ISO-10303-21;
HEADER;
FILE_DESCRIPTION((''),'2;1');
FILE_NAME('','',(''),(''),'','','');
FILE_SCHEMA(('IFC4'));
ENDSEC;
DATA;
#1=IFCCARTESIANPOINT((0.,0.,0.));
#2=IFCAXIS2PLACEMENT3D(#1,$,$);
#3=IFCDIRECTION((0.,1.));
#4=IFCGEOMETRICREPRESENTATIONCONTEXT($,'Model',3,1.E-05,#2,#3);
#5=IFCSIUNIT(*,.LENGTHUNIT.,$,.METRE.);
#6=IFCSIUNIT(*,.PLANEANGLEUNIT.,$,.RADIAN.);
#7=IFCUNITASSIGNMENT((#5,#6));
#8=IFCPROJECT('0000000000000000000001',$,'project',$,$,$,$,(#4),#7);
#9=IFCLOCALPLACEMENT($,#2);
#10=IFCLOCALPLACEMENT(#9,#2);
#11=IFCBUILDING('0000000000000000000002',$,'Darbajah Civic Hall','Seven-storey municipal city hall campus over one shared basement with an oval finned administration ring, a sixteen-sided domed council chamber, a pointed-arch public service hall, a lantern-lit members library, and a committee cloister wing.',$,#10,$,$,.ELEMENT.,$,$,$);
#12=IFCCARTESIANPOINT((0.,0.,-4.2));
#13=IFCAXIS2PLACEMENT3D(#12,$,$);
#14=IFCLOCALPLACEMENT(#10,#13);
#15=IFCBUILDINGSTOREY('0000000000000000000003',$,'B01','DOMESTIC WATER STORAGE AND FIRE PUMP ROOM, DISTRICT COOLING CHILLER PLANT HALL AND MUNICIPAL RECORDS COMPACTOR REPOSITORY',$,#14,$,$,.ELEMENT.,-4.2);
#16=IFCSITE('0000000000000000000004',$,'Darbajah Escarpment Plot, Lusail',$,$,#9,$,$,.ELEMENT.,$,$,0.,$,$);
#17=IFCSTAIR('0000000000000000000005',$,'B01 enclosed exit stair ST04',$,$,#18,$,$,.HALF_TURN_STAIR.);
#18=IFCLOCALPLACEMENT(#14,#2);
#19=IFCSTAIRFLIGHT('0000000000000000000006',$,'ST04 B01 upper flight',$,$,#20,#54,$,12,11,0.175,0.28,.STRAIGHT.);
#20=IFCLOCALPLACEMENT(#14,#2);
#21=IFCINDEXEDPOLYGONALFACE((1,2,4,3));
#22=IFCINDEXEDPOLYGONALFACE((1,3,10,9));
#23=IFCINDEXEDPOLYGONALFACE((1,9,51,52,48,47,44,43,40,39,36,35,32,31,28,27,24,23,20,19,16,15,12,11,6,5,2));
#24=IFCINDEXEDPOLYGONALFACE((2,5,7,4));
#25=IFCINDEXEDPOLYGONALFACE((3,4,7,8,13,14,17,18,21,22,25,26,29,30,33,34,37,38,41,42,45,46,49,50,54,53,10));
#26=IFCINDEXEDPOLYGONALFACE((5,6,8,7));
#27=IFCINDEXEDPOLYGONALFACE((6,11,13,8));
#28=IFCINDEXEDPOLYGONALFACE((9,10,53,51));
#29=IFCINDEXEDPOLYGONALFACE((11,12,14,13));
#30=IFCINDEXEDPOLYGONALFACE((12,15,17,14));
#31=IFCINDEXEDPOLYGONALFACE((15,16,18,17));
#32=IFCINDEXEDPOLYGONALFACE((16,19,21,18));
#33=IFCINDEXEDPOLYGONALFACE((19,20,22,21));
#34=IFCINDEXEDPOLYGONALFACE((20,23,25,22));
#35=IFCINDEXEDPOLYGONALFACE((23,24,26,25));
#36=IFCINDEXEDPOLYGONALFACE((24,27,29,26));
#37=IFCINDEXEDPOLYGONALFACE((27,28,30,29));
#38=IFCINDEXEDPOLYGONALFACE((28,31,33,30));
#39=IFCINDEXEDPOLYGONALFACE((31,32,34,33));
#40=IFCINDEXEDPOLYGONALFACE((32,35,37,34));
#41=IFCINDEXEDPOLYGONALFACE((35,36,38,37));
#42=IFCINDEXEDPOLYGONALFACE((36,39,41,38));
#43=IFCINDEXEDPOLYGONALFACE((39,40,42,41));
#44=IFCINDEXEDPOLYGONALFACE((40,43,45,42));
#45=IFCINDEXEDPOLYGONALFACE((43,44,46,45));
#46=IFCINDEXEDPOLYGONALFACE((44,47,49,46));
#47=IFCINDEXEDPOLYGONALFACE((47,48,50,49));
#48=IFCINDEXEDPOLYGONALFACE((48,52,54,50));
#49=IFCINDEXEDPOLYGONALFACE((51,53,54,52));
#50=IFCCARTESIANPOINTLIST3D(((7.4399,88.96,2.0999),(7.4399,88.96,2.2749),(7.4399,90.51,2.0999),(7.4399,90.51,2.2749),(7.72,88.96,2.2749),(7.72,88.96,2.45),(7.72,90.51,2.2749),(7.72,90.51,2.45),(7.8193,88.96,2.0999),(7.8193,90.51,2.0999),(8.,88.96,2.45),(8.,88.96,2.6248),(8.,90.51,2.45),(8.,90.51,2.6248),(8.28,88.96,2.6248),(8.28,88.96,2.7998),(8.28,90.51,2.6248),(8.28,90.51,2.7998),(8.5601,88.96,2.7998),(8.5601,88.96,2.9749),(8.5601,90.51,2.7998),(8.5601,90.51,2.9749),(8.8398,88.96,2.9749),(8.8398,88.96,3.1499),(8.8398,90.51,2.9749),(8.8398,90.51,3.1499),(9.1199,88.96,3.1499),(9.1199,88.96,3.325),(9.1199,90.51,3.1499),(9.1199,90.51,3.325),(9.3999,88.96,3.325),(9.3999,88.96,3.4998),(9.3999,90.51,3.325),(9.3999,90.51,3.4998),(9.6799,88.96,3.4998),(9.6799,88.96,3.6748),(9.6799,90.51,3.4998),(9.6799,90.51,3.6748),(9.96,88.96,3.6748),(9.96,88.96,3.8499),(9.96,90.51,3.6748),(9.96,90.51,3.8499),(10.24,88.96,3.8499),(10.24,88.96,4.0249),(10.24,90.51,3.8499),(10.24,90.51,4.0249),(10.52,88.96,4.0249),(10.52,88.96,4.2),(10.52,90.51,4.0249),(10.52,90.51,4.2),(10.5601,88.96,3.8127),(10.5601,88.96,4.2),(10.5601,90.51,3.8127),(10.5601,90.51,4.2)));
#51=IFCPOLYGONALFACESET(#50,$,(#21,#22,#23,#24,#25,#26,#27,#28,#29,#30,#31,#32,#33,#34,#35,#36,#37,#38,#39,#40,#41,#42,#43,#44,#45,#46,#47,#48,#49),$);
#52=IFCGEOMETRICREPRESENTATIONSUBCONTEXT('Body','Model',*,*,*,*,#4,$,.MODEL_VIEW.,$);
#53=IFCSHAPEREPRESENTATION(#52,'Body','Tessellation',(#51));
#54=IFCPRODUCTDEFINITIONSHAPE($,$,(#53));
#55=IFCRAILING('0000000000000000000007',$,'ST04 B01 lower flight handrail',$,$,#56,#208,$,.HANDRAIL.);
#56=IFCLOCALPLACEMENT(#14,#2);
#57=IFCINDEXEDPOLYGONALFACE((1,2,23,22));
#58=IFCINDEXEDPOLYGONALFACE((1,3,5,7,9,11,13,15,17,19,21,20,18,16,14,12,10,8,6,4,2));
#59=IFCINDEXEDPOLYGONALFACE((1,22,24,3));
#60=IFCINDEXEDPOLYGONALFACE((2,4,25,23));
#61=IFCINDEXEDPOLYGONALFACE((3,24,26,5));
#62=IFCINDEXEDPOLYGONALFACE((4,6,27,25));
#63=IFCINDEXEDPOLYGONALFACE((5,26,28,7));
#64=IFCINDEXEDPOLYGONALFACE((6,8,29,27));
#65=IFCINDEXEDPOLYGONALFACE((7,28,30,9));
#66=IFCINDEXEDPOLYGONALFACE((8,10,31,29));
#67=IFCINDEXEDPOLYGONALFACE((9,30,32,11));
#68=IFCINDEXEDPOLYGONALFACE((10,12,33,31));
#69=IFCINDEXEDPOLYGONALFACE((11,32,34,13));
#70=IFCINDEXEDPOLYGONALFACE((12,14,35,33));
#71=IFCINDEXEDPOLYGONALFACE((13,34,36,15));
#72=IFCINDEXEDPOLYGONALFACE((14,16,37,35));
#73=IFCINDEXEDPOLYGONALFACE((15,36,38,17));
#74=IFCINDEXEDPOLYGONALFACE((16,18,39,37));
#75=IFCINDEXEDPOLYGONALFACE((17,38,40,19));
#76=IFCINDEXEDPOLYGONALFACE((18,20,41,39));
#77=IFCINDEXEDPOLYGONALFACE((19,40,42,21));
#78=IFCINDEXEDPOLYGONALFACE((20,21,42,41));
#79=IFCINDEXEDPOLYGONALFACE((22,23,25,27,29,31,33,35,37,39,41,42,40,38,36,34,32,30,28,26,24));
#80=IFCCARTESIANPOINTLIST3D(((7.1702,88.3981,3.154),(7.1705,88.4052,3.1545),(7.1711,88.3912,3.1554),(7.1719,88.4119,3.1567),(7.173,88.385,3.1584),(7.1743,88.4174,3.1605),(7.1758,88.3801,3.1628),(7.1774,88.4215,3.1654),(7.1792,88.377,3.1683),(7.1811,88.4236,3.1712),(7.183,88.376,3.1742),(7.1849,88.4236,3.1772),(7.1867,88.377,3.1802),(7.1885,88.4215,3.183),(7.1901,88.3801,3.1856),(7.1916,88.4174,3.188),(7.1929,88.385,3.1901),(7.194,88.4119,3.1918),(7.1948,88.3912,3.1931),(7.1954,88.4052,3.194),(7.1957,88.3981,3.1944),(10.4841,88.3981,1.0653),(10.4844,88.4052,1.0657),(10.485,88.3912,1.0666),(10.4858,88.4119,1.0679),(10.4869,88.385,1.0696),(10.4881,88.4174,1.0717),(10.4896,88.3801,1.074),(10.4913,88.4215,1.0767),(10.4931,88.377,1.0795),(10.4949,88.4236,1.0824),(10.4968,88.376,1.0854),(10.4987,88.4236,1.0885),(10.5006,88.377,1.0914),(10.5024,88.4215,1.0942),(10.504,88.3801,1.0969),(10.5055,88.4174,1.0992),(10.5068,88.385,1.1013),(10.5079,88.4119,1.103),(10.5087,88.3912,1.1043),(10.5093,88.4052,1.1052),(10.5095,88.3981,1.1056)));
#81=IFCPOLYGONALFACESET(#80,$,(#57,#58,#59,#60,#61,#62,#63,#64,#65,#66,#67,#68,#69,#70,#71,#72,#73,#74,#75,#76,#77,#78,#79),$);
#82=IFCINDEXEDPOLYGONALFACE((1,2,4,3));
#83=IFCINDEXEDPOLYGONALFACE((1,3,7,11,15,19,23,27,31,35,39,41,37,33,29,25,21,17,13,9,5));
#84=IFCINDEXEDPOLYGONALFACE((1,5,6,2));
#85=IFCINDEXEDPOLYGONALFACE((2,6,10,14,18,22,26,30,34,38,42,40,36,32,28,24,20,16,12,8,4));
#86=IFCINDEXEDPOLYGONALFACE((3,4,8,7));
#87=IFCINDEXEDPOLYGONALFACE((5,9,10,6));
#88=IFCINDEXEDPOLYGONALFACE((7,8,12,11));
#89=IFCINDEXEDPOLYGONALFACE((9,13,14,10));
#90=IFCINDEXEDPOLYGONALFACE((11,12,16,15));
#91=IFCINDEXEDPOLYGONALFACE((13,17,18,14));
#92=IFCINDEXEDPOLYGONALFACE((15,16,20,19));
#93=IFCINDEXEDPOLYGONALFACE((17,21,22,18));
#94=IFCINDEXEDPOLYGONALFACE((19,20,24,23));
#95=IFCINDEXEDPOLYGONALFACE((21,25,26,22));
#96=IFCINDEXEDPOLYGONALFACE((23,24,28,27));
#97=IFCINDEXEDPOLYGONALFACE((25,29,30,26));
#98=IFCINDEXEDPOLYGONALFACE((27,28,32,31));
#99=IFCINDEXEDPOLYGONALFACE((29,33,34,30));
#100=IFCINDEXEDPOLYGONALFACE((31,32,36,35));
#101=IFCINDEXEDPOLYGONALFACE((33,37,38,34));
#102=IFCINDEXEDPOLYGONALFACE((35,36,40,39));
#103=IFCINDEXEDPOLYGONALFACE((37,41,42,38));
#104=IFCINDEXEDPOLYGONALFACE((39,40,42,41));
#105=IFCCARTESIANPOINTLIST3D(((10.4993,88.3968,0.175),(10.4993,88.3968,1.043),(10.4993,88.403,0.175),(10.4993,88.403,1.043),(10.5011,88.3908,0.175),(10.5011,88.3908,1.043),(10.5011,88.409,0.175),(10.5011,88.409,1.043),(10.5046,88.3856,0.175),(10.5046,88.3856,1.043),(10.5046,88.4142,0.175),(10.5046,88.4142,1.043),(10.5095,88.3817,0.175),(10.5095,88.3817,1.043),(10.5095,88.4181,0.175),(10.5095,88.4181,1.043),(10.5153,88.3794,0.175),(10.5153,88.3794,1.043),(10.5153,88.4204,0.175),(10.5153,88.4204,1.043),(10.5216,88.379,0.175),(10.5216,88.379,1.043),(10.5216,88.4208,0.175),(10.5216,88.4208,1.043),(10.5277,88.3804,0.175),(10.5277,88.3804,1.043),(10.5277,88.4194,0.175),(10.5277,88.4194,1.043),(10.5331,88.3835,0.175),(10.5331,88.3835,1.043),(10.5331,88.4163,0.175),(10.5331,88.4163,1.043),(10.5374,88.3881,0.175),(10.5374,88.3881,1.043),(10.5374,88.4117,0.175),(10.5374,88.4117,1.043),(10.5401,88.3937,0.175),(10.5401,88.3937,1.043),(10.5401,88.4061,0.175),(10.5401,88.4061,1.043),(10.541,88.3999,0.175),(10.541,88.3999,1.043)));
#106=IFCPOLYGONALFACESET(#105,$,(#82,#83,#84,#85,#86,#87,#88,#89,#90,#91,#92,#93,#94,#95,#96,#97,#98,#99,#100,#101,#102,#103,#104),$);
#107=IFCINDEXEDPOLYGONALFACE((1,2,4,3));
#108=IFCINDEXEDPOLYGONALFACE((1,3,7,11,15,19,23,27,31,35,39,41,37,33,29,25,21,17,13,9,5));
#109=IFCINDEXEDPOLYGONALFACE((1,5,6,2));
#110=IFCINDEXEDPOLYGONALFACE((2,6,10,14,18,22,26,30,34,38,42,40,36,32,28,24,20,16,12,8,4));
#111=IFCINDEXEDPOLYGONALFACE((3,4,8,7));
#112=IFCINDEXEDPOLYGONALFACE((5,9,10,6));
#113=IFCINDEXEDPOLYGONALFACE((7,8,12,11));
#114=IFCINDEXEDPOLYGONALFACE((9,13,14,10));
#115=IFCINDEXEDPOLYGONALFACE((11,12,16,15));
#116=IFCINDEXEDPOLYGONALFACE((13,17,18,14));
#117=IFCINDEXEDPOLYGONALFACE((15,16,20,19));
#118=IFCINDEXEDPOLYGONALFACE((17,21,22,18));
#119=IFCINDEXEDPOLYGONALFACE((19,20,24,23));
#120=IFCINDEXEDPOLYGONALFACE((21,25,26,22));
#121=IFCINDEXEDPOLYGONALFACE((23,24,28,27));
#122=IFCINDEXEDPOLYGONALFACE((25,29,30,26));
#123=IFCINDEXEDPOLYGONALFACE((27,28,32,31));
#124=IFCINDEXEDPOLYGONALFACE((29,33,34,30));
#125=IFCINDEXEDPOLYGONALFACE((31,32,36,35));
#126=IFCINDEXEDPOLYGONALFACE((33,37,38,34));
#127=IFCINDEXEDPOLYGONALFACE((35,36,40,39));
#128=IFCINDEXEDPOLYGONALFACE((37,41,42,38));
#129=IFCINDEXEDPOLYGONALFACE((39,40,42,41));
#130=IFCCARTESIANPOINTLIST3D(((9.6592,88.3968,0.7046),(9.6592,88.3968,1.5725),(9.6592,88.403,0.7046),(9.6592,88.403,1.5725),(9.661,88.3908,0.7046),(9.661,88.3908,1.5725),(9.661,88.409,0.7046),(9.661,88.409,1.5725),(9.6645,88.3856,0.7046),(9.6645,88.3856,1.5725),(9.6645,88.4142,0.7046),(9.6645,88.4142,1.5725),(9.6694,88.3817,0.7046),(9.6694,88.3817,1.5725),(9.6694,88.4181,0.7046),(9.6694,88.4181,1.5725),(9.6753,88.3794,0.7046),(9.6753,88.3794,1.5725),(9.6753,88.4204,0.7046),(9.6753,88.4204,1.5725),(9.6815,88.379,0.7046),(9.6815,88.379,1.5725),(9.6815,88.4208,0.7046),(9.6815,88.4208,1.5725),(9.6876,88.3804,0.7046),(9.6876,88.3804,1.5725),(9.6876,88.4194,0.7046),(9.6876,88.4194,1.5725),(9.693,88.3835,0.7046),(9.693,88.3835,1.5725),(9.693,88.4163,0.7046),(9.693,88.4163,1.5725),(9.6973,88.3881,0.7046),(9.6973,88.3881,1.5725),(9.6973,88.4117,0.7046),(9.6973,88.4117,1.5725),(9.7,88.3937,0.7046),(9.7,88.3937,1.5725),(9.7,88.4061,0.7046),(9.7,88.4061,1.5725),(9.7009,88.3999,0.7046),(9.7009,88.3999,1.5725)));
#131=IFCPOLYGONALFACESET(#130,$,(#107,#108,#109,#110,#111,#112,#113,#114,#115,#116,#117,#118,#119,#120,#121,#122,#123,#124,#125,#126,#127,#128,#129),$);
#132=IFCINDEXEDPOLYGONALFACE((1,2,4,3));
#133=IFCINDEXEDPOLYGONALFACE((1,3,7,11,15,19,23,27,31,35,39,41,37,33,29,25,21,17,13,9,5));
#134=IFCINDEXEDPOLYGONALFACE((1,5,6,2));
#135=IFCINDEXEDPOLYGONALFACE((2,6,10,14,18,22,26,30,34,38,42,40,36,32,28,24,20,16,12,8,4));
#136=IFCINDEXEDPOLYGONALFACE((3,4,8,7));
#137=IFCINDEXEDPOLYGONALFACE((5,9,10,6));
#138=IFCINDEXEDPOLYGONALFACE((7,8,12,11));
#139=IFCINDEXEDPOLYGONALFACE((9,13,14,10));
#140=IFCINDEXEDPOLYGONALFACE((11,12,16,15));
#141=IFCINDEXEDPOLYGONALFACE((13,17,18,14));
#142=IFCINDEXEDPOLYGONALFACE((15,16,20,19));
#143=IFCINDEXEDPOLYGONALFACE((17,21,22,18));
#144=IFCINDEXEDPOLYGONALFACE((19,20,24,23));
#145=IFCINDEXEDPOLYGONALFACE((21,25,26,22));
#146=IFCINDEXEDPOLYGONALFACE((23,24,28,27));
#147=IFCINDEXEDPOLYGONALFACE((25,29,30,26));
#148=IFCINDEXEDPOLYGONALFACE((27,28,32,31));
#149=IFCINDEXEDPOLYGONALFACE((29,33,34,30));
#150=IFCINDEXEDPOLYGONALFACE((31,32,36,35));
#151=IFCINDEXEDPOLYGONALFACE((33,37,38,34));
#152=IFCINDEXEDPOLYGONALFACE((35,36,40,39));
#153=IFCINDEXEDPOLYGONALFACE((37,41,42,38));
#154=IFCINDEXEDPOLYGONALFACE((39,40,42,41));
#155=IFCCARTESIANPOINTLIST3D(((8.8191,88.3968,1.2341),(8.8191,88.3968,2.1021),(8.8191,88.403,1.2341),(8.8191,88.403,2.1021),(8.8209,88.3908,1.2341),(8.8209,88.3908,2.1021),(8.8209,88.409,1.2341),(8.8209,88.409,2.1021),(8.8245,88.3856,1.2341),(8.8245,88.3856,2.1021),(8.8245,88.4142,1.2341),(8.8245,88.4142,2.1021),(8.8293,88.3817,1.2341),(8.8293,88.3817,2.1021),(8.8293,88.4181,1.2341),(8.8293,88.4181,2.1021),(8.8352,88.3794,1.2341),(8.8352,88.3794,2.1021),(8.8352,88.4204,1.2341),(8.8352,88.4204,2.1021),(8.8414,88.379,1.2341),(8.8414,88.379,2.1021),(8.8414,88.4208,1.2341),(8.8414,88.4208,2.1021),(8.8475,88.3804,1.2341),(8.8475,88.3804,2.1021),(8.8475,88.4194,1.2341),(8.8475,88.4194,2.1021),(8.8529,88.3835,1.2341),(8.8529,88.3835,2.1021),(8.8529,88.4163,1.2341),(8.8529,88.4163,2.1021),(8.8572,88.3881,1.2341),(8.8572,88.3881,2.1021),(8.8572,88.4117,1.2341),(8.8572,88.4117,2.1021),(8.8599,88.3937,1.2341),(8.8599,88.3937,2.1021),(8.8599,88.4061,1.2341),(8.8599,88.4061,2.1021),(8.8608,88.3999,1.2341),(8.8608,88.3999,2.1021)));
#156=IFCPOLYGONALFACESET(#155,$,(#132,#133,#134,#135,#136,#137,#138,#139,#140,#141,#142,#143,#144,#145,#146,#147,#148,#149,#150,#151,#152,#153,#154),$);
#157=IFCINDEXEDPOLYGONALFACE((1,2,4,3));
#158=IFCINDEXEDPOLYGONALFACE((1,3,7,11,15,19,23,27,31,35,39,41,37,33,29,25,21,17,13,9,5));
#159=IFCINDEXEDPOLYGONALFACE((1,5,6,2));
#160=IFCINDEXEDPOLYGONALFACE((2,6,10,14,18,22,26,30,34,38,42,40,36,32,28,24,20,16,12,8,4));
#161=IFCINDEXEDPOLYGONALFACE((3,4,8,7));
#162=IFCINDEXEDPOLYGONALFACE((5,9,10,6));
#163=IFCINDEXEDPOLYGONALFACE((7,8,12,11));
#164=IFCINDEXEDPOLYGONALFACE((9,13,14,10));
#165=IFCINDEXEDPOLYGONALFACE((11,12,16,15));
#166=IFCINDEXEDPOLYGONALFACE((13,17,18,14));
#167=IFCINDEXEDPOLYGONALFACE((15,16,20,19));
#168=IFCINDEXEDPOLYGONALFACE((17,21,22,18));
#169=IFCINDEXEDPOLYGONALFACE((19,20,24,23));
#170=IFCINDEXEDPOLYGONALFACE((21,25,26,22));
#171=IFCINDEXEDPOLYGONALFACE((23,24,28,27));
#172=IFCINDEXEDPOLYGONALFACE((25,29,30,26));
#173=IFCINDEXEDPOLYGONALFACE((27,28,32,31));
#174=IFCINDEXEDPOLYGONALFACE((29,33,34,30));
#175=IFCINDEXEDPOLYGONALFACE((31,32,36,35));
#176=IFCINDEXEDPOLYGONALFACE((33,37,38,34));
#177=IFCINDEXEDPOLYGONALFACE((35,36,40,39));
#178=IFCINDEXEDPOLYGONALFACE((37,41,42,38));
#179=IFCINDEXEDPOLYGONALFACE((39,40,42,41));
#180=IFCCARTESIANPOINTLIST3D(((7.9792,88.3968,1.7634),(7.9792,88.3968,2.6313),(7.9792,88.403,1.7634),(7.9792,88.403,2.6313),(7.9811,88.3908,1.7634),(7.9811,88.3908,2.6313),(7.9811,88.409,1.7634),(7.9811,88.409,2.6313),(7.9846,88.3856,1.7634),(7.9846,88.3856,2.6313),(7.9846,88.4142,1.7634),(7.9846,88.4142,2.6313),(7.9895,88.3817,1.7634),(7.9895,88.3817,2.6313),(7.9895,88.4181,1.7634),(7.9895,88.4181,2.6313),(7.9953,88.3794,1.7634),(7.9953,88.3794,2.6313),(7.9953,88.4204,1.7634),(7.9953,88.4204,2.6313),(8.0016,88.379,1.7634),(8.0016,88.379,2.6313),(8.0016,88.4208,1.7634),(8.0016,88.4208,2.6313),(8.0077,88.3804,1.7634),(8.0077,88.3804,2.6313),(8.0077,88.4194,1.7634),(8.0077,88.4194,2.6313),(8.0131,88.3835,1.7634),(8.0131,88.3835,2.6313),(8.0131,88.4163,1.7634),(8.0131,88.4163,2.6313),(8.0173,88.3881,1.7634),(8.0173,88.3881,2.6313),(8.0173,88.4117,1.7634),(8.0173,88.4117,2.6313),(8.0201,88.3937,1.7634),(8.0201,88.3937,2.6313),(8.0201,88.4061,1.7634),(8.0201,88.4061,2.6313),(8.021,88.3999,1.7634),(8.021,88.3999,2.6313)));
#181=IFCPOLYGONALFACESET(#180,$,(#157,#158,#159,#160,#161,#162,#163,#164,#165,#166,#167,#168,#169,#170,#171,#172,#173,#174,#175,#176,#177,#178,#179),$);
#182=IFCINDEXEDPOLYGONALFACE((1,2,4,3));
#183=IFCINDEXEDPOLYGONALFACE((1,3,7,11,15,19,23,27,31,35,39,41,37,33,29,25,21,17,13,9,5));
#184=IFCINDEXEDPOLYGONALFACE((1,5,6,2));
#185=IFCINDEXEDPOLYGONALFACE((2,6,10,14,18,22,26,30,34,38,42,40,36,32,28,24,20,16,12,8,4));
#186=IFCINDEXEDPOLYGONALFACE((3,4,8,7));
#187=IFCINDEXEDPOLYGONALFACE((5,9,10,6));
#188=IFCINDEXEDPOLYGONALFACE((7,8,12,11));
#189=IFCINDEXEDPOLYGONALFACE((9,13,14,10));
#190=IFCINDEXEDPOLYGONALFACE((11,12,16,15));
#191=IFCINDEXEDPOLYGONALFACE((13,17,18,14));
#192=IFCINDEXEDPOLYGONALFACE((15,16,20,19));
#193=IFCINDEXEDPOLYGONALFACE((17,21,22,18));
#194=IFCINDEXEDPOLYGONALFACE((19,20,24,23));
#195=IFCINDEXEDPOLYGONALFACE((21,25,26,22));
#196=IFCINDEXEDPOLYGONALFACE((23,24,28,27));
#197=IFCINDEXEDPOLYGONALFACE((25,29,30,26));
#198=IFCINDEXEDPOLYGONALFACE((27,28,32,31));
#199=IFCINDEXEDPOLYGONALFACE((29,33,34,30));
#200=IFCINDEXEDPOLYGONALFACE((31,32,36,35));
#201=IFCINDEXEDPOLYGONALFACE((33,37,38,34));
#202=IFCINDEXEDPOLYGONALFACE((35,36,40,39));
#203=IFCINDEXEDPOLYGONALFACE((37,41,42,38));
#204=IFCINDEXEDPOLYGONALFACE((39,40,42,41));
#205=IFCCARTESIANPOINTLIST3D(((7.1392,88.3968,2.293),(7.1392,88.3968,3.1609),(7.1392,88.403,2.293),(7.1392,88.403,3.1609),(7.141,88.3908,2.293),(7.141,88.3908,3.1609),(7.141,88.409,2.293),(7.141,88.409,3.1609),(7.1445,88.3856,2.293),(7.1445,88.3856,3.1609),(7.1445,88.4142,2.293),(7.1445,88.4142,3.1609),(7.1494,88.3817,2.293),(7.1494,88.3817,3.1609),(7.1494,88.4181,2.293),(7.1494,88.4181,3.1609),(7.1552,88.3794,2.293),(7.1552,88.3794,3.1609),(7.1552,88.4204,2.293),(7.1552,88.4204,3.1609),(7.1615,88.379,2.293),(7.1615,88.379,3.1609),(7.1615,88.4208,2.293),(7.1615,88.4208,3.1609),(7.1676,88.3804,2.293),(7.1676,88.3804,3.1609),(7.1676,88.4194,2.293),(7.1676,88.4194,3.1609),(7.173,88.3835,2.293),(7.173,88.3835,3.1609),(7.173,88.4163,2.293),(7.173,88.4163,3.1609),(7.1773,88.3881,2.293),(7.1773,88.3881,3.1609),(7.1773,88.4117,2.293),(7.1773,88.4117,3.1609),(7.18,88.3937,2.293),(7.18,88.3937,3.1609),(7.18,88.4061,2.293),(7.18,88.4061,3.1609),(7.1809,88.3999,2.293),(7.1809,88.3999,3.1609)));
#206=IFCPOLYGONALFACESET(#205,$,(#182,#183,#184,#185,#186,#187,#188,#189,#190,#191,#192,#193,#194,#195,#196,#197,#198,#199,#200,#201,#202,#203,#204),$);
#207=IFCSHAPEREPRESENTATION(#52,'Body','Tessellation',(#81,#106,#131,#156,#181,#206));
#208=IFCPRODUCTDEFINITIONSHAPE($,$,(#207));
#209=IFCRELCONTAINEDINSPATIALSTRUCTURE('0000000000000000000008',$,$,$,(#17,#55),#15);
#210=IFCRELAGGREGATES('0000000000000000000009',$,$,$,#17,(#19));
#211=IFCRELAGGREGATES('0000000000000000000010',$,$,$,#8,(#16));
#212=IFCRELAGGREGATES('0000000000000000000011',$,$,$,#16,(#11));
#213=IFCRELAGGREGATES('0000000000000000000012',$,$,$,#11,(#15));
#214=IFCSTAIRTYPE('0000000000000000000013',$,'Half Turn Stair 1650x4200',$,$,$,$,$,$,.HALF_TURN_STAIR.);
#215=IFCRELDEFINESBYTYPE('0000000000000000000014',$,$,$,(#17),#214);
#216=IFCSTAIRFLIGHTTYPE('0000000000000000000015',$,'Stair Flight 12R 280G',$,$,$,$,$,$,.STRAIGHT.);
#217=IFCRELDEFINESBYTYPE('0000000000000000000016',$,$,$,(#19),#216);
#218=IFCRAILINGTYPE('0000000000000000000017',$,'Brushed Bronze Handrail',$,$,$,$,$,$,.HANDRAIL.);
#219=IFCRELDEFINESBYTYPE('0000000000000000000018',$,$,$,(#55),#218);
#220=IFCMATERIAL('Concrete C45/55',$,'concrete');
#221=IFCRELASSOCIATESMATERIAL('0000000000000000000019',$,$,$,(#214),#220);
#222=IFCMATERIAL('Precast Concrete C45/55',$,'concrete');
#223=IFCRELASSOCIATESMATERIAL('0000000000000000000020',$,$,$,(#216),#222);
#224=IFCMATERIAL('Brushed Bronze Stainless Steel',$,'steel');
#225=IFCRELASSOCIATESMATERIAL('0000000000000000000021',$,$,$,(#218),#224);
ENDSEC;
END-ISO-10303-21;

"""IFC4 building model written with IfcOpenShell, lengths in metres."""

from ifc_helpers import new_model, si_unit, direction, frame, origin, origin_2d, place, context, subcontext, project, spatial, polyline, circle, outline, extrude, material, type_object, element, aggregate, save


model = new_model("IFC4")

# Units and contexts
model_context = context("Model", 3, precision=1e-05, world=origin(), true_north=direction((0.0, 1.0)))
body_context = subcontext(model_context, "Body", "Model", "MODEL_VIEW")
ifc_project = project(units=[si_unit("LENGTHUNIT", "METRE"), si_unit("PLANEANGLEUNIT", "RADIAN")], contexts=[model_context])

# Site, building, storey
site_placement = place(None, origin())
site = spatial("IfcSite", under=ifc_project, at=site_placement, Name="Darbajah Escarpment Plot, Lusail", CompositionType="ELEMENT", RefElevation=0.0)
building_placement = place(site_placement, origin())
building = spatial("IfcBuilding", under=site, at=building_placement, Name="Darbajah Civic Hall", Description="Seven-storey municipal city hall campus over one shared basement with an oval finned administration ring, a sixteen-sided domed council chamber, a pointed-arch public service hall, a lantern-lit members library, and a committee cloister wing.", CompositionType="ELEMENT")
storey_placement = place(building_placement, frame((0.0, 0.0, -4.2)))
storey = spatial("IfcBuildingStorey", under=building, at=storey_placement, Name="B01", Description="DOMESTIC WATER STORAGE AND FIRE PUMP ROOM, DISTRICT COOLING CHILLER PLANT HALL AND MUNICIPAL RECORDS COMPACTOR REPOSITORY", CompositionType="ELEMENT", Elevation=-4.2)

# Shared definitions
ifc_material_1 = material(Name="Concrete C45/55", Category="concrete")

# Stair, stair flight
stair_type = type_object("IfcStairType", Name="Half Turn Stair 1650x4200", PredefinedType="HALF_TURN_STAIR", material=ifc_material_1)
stair_placement = place(storey_placement, origin())
stair = element("IfcStair", 1, at=stair_placement, inside=storey, type_object=stair_type, Name="B01 enclosed exit stair ST04", PredefinedType="HALF_TURN_STAIR")
ifc_material_2 = material(Name="Precast Concrete C45/55", Category="concrete")
stair_flight_type = type_object("IfcStairFlightType", Name="Stair Flight 12R 280G", PredefinedType="STRAIGHT", material=ifc_material_2)
stair_flight_1_placement = place(storey_placement, frame((7.4399, 89.7351, 2.0999), z_axis=(0.0, 0.0, 1.0), x_axis=(1.0, 0.0, 0.0)))
stair_flight_1 = element("IfcStairFlight", 2, at=stair_flight_1_placement, type_object=stair_flight_type, Name="ST04 B01 upper flight", NumberOfRisers=12, NumberOfTreads=11, PredefinedType="STRAIGHT", RiserHeight=0.175, TreadLength=0.28, context=body_context, shape_type="SweptSolid", body=[
    extrude(outline(polyline([(0.0, 0.0), (0.0, 0.175), (0.28, 0.175), (0.28, 0.3501), (0.5601, 0.3501), (0.5601, 0.5249), (0.8401, 0.5249), (0.8401, 0.7), (1.1201, 0.7), (1.1201, 0.875), (1.3999, 0.875), (1.3999, 1.05), (1.6799, 1.05), (1.6799, 1.2251), (1.96, 1.2251), (1.96, 1.3999), (2.24, 1.3999), (2.24, 1.575), (2.52, 1.575), (2.52, 1.75), (2.8, 1.75), (2.8, 1.925), (3.0801, 1.925), (3.0801, 2.1001), (3.1201, 2.1001), (3.1201, 1.7129), (0.3794, 0.0), (0.0, 0.0)])), frame((0.0, 0.7749, 0.0), z_axis=(0.0, -1.0, 0.0), x_axis=(1.0, 0.0, 0.0)), (0.0, 0.0, 1.0), 1.55),
])
aggregate(stair, [stair_flight_1])

# Railing
ifc_material_3 = material(Name="Brushed Bronze Stainless Steel", Category="steel")
railing_type_1 = type_object("IfcRailingType", Name="Brushed Bronze Handrail", PredefinedType="HANDRAIL", material=ifc_material_3)
railing_1_placement = place(storey_placement, frame((10.52, 88.3999, 0.175)))
element("IfcRailing", 3, at=railing_1_placement, inside=storey, type_object=railing_type_1, Name="ST04 B01 lower flight handrail", PredefinedType="HANDRAIL", context=body_context, shape_type="SweptSolid", body=[
    extrude(circle(Radius=0.0239, at=origin_2d()), frame((-0.0232, 0.0, 0.9104), z_axis=(-0.845972, 0.0, 0.533227), x_axis=(0.0, -1.0, 0.0)), (0.0, 0.0, 1.0), 3.9172),
    extrude(circle(Radius=0.021, at=origin_2d()), origin(), (0.0, 0.0, 1.0), 0.8679),
    extrude(circle(Radius=0.021, at=origin_2d()), frame((-0.8401, 0.0, 0.5295)), (0.0, 0.0, 1.0), 0.8679),
    extrude(circle(Radius=0.021, at=origin_2d()), frame((-1.6802, 0.0, 1.0591)), (0.0, 0.0, 1.0), 0.8679),
    extrude(circle(Radius=0.021, at=origin_2d()), frame((-2.52, 0.0, 1.5884)), (0.0, 0.0, 1.0), 0.8679),
    extrude(circle(Radius=0.021, at=origin_2d()), frame((-3.3601, 0.0, 2.1179)), (0.0, 0.0, 1.0), 0.8679),
])

save(model, "model.ifc")
